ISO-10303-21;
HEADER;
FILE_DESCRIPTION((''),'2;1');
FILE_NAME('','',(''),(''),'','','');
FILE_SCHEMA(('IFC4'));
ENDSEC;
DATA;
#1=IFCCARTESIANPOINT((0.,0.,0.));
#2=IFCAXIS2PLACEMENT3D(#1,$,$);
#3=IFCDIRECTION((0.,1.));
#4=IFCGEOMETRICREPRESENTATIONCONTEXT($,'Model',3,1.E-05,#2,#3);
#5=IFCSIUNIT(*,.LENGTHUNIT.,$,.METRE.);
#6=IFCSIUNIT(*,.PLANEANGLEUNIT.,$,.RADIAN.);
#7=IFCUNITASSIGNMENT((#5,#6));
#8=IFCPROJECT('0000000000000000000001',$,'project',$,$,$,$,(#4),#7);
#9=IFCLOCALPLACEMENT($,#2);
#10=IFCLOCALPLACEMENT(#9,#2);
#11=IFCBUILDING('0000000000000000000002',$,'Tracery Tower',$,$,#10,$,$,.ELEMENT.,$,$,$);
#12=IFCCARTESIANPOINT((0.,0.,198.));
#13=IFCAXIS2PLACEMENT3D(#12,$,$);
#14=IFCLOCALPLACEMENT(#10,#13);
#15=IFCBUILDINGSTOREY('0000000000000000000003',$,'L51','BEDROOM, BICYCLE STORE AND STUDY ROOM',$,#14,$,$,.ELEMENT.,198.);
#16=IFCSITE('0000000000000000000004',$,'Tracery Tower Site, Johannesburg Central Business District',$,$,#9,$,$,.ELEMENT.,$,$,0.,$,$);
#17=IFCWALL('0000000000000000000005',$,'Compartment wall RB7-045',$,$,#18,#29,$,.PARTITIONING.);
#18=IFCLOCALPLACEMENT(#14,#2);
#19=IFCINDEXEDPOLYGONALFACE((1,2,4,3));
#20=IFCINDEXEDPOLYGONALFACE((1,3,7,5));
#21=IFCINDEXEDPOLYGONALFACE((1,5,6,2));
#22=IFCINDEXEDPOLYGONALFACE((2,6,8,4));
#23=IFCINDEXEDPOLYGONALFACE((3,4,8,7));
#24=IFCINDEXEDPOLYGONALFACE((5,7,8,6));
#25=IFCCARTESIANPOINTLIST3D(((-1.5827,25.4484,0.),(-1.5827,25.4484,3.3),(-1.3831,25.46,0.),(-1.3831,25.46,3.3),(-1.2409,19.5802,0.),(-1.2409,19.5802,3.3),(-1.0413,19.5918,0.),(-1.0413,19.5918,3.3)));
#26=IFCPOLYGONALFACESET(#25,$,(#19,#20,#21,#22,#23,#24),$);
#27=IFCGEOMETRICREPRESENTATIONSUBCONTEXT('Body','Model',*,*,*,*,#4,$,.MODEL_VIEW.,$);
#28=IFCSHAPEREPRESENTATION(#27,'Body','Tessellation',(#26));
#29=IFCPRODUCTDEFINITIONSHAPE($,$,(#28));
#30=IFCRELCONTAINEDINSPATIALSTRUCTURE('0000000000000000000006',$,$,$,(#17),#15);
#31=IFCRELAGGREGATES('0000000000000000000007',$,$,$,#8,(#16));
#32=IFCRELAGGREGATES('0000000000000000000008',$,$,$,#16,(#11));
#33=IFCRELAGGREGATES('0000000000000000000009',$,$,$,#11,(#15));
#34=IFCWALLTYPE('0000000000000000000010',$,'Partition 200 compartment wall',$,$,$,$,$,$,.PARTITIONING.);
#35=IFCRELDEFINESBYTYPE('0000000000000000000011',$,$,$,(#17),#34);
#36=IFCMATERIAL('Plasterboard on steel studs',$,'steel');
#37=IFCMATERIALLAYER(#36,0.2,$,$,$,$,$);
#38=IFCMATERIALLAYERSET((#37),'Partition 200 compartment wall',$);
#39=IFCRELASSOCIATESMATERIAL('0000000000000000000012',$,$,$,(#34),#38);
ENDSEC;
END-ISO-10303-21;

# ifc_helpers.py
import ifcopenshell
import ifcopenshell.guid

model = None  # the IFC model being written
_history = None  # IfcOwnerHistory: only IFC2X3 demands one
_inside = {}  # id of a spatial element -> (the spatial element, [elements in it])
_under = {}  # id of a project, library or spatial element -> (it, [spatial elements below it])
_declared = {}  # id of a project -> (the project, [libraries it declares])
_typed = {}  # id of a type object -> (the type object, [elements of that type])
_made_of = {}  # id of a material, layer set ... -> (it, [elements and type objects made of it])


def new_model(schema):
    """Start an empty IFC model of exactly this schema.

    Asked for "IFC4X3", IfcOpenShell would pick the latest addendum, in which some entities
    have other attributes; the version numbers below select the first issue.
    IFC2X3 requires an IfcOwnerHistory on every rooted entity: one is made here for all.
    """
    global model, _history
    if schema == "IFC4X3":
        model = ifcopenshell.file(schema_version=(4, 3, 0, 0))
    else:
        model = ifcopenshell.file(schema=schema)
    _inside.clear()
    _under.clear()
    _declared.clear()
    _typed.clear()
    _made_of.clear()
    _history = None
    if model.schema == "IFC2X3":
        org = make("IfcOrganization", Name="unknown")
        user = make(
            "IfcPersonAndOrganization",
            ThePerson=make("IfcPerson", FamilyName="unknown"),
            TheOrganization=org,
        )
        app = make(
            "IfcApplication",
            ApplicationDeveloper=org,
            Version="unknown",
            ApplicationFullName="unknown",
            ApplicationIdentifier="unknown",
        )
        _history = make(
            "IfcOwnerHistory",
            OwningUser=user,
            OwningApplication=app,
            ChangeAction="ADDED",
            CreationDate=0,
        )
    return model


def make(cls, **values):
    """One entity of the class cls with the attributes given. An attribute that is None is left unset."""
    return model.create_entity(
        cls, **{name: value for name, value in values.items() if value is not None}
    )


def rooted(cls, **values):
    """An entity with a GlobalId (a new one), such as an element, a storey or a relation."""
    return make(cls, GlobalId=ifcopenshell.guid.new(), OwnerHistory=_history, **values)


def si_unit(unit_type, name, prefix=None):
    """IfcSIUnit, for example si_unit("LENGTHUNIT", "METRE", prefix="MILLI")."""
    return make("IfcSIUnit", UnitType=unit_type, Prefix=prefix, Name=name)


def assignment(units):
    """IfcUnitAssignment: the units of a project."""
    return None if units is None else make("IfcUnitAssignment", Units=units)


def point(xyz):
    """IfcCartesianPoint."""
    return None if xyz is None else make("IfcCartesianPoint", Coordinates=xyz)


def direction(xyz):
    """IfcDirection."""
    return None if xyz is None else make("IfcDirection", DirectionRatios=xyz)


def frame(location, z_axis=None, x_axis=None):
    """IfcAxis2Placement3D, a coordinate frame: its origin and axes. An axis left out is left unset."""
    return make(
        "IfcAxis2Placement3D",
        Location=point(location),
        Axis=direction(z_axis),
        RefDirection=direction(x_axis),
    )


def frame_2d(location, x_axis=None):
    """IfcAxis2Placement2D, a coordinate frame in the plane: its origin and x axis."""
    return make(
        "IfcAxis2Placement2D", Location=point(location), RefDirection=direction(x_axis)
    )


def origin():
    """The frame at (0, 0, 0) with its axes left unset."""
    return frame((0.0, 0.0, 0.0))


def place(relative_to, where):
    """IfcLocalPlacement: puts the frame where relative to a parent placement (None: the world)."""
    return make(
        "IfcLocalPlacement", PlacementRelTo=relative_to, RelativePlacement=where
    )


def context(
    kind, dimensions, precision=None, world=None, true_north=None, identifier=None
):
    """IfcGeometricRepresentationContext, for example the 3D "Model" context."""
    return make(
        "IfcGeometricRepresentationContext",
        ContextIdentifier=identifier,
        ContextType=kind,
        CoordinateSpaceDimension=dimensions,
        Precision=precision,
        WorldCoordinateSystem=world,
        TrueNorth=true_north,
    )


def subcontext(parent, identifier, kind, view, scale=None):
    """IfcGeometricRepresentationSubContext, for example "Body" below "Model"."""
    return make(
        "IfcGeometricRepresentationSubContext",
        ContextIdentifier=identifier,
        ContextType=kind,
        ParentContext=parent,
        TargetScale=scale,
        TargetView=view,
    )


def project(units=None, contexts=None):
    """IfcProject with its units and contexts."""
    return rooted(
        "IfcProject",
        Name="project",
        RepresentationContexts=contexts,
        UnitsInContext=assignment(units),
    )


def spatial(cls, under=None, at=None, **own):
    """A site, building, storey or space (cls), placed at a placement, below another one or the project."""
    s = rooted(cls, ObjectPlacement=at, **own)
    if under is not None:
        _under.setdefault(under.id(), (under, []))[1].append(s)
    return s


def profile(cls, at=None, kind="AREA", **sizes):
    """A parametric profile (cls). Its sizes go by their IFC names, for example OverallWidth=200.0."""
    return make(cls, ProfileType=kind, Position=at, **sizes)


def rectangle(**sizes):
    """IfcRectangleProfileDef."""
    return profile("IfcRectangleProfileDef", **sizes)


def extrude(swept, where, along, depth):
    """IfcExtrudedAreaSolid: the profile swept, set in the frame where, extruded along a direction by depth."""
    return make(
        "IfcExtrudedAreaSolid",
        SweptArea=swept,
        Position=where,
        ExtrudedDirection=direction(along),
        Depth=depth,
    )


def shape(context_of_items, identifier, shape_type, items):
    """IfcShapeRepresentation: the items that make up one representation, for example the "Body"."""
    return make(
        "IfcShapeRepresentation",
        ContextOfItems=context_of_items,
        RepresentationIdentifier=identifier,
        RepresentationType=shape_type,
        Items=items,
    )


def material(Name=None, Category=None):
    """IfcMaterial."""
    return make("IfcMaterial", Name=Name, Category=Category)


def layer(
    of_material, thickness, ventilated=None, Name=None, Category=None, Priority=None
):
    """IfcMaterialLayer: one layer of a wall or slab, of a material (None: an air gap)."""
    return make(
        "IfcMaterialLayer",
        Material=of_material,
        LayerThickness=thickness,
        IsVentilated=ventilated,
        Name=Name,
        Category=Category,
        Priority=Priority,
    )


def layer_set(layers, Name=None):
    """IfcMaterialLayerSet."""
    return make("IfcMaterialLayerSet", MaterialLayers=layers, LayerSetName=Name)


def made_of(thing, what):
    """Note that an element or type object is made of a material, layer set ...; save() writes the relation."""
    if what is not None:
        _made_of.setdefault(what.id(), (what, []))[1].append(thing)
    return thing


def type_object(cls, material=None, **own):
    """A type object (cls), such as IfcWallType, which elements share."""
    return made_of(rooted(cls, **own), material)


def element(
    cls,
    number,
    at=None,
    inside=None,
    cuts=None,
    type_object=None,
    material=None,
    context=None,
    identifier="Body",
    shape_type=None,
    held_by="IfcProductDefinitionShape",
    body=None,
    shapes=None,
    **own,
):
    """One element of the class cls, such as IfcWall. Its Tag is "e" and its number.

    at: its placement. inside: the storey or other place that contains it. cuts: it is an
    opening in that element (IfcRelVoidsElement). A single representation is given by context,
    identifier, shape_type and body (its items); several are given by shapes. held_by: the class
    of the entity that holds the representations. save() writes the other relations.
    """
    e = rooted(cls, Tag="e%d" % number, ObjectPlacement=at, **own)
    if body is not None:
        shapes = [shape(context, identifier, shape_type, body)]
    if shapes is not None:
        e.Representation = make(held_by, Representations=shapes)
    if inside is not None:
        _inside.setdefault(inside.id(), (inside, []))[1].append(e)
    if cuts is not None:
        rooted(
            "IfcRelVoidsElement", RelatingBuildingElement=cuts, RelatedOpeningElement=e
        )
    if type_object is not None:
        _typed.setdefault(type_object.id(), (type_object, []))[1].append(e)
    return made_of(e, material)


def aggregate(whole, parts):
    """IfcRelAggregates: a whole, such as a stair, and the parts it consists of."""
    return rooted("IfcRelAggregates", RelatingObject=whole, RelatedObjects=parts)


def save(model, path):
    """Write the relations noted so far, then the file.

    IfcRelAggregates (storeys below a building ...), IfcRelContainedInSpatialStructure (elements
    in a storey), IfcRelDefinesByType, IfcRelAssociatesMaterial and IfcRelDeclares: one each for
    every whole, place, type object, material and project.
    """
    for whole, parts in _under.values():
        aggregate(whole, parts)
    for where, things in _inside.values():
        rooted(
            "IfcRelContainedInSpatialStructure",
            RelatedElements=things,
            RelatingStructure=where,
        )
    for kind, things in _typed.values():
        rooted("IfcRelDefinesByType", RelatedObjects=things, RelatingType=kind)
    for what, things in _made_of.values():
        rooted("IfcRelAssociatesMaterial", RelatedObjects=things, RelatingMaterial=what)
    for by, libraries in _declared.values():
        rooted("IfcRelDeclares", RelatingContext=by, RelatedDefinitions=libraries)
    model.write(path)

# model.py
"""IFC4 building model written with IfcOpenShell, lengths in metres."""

from ifc_helpers import new_model, si_unit, direction, frame, frame_2d, origin, place, context, subcontext, project, spatial, rectangle, extrude, material, layer, layer_set, type_object, element, save


model = new_model("IFC4")

# Units and contexts
model_context = context("Model", 3, precision=1e-05, world=origin(), true_north=direction((0.0, 1.0)))
body_context = subcontext(model_context, "Body", "Model", "MODEL_VIEW")
ifc_project = project(units=[si_unit("LENGTHUNIT", "METRE"), si_unit("PLANEANGLEUNIT", "RADIAN")], contexts=[model_context])

# Site, building, storey
site_placement = place(None, origin())
site = spatial("IfcSite", under=ifc_project, at=site_placement, Name="Tracery Tower Site, Johannesburg Central Business District", CompositionType="ELEMENT", RefElevation=0.0)
building_placement = place(site_placement, origin())
building = spatial("IfcBuilding", under=site, at=building_placement, Name="Tracery Tower", CompositionType="ELEMENT")
storey_placement = place(building_placement, frame((0.0, 0.0, 198.0)))
storey = spatial("IfcBuildingStorey", under=building, at=storey_placement, Name="L51", Description="BEDROOM, BICYCLE STORE AND STUDY ROOM", CompositionType="ELEMENT", Elevation=198.0)

# Wall
ifc_material_1 = material(Name="Plasterboard on steel studs", Category="steel")
ifc_layer_1 = layer(ifc_material_1, 0.2)
ifc_layer_set_1 = layer_set([ifc_layer_1], Name="Partition 200 compartment wall")
wall_type_1 = type_object("IfcWallType", Name="Partition 200 compartment wall", PredefinedType="PARTITIONING", material=ifc_layer_set_1)
wall_1_placement = place(storey_placement, frame((-1.4829, 25.4541, 0.0), z_axis=(0.0, 0.0, 1.0), x_axis=(0.058147, -0.998308, 0.0)))
element("IfcWall", 1, at=wall_1_placement, inside=storey, type_object=wall_type_1, Name="Compartment wall RB7-045", PredefinedType="PARTITIONING", context=body_context, shape_type="SweptSolid", body=[
    extrude(rectangle(XDim=5.8782, YDim=0.2, at=frame_2d((2.939, 0.0))), origin(), (0.0, 0.0, 1.0), 3.3),
])

save(model, "model.ifc")
